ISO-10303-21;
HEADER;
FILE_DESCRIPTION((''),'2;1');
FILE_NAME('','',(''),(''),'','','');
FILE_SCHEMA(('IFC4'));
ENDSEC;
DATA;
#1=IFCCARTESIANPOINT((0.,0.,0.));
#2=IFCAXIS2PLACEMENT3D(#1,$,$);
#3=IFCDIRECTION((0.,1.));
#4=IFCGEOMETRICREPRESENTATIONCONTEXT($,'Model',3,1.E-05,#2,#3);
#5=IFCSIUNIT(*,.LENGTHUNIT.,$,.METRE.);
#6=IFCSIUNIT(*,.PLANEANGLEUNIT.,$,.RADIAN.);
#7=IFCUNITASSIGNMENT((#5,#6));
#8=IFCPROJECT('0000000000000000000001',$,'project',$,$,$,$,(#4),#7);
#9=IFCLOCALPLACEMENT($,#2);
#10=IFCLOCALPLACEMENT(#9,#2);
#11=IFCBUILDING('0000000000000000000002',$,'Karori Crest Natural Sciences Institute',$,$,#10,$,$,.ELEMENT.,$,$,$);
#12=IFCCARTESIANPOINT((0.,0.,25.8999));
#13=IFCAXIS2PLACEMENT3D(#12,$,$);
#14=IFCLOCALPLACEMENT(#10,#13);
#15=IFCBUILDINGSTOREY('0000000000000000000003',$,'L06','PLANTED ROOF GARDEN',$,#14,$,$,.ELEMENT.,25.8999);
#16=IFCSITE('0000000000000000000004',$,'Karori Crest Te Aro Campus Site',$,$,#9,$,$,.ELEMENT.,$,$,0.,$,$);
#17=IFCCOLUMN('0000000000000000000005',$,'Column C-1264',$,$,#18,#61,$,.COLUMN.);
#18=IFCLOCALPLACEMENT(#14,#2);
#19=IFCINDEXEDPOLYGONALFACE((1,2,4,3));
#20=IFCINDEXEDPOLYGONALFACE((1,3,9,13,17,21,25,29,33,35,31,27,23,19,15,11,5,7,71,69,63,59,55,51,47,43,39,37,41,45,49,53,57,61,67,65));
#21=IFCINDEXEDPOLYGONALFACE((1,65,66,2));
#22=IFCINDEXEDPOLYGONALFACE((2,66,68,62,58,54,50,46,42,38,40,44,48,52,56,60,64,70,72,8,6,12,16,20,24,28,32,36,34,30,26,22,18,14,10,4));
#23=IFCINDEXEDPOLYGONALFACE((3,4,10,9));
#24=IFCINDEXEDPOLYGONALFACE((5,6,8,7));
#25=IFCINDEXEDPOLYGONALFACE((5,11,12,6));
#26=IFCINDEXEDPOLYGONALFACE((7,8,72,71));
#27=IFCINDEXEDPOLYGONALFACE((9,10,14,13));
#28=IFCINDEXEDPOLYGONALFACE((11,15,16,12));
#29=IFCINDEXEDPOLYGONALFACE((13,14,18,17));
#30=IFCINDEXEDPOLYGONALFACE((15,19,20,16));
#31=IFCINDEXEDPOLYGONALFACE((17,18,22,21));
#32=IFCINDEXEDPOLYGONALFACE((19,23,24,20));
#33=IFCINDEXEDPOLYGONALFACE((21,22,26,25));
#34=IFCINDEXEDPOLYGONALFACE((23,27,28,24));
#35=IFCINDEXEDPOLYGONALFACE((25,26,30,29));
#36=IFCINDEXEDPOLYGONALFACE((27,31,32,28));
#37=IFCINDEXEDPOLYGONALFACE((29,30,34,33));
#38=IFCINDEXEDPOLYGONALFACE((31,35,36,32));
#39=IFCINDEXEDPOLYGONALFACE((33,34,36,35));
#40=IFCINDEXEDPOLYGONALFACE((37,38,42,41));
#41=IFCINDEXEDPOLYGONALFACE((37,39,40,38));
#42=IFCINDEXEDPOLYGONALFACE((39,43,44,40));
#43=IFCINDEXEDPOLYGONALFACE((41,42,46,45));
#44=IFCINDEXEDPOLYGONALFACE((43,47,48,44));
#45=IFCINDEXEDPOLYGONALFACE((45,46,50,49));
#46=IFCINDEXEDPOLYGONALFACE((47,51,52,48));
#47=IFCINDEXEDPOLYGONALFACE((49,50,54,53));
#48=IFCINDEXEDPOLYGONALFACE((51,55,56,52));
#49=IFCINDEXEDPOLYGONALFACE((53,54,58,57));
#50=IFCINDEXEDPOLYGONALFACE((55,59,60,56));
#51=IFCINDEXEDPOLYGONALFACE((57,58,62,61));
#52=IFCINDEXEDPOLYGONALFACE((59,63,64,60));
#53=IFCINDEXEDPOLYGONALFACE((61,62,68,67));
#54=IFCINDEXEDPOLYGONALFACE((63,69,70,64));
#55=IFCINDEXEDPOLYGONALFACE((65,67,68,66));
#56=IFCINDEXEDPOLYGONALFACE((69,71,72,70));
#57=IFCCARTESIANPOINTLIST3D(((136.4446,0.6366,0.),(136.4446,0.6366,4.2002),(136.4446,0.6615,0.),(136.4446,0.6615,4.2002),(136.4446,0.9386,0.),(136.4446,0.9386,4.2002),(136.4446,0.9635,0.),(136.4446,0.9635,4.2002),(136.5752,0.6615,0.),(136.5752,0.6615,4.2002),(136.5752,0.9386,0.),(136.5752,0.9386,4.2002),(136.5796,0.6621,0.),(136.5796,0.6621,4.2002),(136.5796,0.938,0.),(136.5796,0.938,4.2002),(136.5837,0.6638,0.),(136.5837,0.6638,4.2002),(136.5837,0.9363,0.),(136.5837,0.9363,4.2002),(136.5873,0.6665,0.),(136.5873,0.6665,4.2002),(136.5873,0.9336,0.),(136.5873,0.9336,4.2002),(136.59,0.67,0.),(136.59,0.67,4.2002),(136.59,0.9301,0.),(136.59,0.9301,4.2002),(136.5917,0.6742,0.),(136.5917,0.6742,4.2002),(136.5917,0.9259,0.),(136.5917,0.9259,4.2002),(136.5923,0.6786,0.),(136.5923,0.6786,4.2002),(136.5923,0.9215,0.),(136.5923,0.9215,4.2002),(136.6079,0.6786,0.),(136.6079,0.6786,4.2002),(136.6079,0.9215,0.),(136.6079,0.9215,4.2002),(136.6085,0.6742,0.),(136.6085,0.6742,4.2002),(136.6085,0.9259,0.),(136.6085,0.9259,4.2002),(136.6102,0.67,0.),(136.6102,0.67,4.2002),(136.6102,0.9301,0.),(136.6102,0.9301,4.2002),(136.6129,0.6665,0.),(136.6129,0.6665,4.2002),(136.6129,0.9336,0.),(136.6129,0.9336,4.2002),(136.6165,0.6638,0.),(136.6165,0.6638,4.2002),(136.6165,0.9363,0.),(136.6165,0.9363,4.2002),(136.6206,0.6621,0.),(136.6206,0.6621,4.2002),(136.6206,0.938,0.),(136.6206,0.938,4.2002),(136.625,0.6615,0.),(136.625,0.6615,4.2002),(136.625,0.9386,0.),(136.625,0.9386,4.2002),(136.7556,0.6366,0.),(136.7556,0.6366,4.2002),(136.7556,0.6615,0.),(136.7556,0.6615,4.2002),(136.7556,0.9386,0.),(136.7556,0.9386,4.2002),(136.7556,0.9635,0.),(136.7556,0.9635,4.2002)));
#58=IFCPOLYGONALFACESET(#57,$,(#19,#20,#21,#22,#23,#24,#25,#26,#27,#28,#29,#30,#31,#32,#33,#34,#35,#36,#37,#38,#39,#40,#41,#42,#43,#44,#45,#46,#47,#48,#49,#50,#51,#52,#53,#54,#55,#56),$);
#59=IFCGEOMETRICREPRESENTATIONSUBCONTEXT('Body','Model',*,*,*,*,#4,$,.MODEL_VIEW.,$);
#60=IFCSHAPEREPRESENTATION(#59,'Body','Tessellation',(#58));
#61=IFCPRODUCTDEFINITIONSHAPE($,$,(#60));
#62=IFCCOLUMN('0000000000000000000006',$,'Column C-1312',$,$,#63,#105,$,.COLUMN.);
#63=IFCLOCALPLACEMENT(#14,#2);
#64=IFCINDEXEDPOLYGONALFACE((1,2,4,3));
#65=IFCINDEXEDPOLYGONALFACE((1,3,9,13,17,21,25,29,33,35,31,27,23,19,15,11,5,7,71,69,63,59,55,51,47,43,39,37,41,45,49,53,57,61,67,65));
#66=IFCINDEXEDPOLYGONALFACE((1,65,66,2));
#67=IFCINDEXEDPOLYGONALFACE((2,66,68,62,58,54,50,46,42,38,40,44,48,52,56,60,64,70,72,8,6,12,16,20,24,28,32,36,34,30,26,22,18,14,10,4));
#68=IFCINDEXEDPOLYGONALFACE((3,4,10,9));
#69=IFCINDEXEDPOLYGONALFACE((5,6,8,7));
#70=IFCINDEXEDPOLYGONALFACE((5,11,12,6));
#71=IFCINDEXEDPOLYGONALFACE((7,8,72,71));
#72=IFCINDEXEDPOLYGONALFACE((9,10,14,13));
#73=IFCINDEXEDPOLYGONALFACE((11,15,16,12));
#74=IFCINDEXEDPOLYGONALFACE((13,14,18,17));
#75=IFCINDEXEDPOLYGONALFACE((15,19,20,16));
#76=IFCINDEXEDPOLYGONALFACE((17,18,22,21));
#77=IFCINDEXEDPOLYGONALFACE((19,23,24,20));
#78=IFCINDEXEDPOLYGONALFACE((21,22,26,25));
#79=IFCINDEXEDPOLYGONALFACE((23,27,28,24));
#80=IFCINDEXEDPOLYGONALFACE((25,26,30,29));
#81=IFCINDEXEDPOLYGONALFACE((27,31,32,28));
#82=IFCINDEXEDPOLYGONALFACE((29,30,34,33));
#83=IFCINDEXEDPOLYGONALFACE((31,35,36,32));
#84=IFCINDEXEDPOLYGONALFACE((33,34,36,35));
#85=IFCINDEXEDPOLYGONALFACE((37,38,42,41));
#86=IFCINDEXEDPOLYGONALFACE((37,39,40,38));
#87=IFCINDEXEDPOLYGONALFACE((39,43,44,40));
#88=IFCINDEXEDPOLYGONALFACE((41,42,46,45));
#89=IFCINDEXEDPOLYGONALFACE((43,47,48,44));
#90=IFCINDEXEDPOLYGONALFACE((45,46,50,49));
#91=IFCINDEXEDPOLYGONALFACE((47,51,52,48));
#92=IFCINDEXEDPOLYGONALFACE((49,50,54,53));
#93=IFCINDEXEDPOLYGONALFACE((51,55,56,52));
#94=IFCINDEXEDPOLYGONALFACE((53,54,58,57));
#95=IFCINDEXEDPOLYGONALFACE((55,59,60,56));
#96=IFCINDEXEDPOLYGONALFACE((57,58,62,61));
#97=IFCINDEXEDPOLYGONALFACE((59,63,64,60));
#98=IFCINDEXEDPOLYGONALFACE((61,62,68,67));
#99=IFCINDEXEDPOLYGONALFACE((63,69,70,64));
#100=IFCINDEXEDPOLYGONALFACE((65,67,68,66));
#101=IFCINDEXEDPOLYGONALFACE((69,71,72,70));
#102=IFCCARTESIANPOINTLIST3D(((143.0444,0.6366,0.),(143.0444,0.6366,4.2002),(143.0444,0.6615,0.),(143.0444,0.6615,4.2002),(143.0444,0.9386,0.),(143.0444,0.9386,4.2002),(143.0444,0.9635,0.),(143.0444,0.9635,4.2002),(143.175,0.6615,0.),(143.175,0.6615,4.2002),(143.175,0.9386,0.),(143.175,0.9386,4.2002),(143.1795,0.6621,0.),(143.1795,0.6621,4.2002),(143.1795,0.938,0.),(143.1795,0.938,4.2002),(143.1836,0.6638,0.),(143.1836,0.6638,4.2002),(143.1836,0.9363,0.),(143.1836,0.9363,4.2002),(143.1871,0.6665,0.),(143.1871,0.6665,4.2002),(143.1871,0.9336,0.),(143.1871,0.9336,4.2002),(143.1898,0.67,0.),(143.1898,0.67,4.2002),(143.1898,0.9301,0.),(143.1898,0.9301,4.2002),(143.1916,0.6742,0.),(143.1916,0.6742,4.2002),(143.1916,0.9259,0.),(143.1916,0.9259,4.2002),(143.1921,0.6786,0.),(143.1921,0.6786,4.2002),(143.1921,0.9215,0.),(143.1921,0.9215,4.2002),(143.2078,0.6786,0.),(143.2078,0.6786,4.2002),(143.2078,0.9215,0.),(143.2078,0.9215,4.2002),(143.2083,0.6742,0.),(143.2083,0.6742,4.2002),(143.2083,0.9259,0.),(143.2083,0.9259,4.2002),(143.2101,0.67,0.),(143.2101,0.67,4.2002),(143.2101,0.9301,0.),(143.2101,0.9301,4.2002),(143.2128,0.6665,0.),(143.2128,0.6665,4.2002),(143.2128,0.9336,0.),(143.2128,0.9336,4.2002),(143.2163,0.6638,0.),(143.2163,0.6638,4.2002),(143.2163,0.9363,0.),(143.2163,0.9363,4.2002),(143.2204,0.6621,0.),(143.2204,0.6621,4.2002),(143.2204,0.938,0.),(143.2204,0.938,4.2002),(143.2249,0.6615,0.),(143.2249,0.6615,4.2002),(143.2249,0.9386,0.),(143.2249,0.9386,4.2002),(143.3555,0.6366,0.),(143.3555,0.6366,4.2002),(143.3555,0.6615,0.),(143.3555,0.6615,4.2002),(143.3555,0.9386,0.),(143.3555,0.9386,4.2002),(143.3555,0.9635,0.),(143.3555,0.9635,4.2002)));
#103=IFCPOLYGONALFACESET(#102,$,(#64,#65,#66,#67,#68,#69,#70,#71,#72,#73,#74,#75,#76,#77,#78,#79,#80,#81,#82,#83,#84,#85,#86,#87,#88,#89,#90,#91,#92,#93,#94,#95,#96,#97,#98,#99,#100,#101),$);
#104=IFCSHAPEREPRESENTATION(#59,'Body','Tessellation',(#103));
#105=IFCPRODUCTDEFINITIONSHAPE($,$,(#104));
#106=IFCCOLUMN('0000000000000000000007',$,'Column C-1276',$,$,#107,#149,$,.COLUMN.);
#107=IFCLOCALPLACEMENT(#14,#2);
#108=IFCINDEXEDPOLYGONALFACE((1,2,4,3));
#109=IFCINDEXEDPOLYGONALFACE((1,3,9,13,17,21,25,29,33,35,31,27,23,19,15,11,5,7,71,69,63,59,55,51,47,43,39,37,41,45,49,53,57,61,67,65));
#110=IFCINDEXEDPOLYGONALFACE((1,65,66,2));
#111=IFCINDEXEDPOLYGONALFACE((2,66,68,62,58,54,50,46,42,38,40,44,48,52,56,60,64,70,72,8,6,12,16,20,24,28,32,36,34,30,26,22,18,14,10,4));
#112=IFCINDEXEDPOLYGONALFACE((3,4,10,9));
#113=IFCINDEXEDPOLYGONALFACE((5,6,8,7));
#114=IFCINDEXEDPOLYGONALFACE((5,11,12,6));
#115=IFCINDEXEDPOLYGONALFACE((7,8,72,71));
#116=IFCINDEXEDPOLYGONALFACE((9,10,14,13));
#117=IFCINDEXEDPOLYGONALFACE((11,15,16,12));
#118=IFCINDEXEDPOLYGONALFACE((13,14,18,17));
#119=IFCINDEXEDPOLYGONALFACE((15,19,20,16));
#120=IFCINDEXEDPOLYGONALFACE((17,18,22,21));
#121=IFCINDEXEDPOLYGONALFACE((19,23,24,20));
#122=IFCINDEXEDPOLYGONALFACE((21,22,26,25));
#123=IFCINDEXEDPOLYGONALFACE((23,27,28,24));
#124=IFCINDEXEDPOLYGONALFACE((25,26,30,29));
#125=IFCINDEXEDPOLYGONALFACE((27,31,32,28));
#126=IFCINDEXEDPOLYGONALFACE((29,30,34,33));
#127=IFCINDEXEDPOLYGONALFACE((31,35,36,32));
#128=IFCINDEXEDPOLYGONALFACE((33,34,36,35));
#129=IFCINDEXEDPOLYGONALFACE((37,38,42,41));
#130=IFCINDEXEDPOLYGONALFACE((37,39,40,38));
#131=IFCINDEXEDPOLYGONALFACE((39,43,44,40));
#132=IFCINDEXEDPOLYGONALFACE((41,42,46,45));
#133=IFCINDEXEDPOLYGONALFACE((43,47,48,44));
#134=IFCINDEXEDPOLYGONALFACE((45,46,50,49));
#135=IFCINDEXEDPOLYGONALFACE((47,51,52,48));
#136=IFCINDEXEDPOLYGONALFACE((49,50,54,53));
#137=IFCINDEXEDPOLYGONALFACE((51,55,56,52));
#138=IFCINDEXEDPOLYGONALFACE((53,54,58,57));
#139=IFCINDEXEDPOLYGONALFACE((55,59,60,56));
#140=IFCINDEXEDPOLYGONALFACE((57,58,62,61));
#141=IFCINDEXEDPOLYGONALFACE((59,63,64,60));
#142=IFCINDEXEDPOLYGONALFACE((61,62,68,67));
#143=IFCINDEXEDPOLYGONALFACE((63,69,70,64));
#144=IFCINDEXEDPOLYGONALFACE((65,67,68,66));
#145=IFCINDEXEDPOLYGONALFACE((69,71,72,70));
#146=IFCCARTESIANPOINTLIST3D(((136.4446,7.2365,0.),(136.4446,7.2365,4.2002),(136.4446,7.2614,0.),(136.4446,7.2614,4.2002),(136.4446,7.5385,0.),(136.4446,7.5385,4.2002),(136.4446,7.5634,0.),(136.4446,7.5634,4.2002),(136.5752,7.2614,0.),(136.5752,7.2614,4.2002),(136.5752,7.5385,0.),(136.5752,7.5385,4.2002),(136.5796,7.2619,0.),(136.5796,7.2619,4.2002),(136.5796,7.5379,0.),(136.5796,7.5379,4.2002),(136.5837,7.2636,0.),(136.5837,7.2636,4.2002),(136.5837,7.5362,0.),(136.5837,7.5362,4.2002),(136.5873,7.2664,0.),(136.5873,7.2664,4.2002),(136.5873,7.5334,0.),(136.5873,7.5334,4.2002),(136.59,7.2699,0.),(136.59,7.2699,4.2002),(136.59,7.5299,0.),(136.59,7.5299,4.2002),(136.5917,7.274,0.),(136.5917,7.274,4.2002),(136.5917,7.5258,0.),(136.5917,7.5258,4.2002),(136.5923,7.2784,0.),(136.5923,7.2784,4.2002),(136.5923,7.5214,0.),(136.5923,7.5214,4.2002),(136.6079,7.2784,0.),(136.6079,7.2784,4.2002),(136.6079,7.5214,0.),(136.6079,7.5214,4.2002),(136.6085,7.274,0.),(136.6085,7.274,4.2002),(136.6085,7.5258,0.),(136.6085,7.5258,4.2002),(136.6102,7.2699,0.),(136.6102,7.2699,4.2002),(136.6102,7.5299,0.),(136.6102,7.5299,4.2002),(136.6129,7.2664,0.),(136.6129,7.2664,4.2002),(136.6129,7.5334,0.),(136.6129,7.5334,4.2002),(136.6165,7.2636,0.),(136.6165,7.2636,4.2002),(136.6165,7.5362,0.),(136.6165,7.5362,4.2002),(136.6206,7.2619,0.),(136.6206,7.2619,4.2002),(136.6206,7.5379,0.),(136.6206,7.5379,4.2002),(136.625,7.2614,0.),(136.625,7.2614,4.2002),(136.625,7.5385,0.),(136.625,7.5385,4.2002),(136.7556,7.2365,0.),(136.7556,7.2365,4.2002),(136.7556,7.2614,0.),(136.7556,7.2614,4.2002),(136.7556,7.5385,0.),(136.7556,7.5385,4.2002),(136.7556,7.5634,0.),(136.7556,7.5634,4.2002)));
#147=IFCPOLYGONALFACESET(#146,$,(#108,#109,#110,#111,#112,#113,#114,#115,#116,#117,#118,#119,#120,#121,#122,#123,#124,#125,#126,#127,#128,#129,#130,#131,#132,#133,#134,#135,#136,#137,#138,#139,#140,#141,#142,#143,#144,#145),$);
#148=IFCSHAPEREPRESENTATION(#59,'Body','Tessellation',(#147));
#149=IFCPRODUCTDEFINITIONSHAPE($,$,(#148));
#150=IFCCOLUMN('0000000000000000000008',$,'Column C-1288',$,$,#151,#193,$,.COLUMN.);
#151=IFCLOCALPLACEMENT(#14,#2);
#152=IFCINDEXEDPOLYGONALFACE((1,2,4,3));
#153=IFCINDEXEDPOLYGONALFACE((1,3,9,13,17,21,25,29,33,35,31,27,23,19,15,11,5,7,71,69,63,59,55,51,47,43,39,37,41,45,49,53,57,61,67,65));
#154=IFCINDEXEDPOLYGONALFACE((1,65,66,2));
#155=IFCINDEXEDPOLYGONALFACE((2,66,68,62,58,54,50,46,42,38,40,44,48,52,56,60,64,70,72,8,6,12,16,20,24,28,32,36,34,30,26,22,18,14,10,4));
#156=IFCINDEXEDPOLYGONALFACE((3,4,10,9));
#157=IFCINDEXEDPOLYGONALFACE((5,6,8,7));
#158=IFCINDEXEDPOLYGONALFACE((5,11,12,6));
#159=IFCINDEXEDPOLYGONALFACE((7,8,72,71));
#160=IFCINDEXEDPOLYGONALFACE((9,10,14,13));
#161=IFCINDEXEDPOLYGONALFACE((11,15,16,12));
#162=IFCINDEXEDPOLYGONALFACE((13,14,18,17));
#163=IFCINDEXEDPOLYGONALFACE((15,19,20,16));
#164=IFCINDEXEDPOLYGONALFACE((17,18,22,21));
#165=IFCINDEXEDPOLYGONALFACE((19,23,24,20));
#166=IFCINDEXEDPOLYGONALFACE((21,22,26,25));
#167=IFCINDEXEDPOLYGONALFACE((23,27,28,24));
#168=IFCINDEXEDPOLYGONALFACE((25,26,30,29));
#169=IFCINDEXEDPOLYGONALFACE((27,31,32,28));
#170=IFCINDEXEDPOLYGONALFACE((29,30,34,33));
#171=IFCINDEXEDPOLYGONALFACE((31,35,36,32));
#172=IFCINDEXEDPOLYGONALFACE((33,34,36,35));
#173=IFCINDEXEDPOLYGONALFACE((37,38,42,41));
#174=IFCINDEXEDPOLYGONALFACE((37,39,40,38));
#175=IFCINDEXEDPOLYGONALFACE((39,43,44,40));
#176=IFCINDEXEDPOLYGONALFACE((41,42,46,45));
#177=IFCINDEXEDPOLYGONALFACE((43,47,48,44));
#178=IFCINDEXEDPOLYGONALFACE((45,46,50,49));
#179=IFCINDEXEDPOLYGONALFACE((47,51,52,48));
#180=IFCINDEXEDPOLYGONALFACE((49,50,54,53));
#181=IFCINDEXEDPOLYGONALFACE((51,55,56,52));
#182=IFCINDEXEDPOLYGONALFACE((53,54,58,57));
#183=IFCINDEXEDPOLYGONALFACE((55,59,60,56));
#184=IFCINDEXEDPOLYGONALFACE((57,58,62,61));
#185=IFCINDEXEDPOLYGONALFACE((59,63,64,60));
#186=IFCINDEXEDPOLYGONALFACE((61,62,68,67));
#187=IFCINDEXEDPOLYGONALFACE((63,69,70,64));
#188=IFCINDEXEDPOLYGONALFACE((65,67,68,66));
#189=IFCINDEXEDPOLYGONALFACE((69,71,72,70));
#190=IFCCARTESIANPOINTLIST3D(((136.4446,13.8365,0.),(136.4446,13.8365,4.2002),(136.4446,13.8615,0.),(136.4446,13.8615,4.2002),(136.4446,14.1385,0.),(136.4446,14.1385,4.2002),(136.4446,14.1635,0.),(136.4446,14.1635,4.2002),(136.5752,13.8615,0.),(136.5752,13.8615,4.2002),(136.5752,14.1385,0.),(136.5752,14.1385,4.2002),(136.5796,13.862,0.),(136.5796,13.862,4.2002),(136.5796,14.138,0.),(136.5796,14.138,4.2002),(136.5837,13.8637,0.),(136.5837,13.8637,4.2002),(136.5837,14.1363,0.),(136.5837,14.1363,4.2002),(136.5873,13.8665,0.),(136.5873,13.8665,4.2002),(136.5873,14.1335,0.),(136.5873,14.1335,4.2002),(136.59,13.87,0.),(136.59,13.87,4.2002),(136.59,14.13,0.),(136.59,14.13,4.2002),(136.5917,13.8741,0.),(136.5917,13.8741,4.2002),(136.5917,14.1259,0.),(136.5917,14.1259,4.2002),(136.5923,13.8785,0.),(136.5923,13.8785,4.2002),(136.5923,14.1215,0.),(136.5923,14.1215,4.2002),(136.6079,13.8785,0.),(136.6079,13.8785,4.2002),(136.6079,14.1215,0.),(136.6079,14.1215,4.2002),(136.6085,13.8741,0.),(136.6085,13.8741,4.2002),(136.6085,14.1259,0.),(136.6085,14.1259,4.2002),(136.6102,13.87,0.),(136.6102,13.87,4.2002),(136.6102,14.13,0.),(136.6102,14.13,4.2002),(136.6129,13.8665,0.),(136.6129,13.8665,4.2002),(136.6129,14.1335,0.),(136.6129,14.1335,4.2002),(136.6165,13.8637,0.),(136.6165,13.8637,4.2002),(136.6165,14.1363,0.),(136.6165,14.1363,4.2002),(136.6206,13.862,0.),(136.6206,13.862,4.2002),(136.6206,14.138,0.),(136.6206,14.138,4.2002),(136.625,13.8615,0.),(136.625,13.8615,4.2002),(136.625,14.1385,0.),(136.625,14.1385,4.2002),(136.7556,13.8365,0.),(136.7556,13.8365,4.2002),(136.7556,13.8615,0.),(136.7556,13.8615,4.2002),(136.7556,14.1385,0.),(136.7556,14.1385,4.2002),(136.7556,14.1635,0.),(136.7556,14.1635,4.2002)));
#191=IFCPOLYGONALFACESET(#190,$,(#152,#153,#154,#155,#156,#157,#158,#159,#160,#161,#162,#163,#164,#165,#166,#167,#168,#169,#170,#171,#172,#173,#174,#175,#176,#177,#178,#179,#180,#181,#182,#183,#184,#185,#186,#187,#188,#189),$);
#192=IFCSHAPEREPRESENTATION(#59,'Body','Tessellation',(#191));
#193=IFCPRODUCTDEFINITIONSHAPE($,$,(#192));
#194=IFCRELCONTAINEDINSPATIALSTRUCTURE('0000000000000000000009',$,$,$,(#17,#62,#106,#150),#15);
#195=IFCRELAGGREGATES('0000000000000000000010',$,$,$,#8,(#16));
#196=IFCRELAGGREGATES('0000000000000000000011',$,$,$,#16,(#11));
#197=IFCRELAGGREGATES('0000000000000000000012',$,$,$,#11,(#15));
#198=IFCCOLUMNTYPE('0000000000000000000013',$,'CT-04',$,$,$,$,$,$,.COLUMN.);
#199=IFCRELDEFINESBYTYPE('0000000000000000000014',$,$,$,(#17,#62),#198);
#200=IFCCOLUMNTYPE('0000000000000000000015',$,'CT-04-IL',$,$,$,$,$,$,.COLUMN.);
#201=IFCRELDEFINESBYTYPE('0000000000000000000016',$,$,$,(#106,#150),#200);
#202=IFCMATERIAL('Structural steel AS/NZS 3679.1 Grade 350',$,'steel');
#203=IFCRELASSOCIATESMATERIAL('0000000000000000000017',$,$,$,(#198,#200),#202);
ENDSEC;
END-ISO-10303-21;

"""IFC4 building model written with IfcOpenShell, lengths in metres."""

from ifc_helpers import new_model, si_unit, direction, frame, origin, origin_2d, place, context, subcontext, project, spatial, i_section, extrude, material, material_profile, profile_set, type_object, element, save


model = new_model("IFC4")

# Units and contexts
model_context = context("Model", 3, precision=1e-05, world=origin(), true_north=direction((0.0, 1.0)))
body_context = subcontext(model_context, "Body", "Model", "MODEL_VIEW")
ifc_project = project(units=[si_unit("LENGTHUNIT", "METRE"), si_unit("PLANEANGLEUNIT", "RADIAN")], contexts=[model_context])

# Site, building, storey
site_placement = place(None, origin())
site = spatial("IfcSite", under=ifc_project, at=site_placement, Name="Karori Crest Te Aro Campus Site", CompositionType="ELEMENT", RefElevation=0.0)
building_placement = place(site_placement, origin())
building = spatial("IfcBuilding", under=site, at=building_placement, Name="Karori Crest Natural Sciences Institute", CompositionType="ELEMENT")
storey_placement = place(building_placement, frame((0.0, 0.0, 25.8999)))
storey = spatial("IfcBuildingStorey", under=building, at=storey_placement, Name="L06", Description="PLANTED ROOF GARDEN", CompositionType="ELEMENT", Elevation=25.8999)

# Columns
ifc_material_1 = material(Name="Structural steel AS/NZS 3679.1 Grade 350", Category="steel")
ifc_material_profile_1 = material_profile(ifc_material_1, i_section(OverallWidth=0.311, OverallDepth=0.3269, WebThickness=0.0156, FlangeThickness=0.0249, FilletRadius=0.0171, at=origin_2d()), Name="310UC158")
ifc_profile_set_1 = profile_set([ifc_material_profile_1], Name="Structural steel AS/NZS 3679.1 Grade 350")
column_type_1 = type_object("IfcColumnType", Name="CT-04", PredefinedType="COLUMN", material=ifc_profile_set_1)
for number, where, z_axis, x_axis, name in (
    (1, (136.6001, 0.8, 0.0), (0.0, 0.0, 1.0), (1.0, 0.0, 0.0), "Column C-1264"),
    (2, (143.2, 0.8, 0.0), (0.0, 0.0, 1.0), (1.0, 0.0, 0.0), "Column C-1312"),
):
    element("IfcColumn", number, at=place(storey_placement, frame(where, z_axis=z_axis, x_axis=x_axis)), inside=storey, type_object=column_type_1, Name=name, PredefinedType="COLUMN", context=body_context, shape_type="SweptSolid", body=[
        extrude(i_section(OverallWidth=0.311, OverallDepth=0.3269, WebThickness=0.0156, FlangeThickness=0.0249, FilletRadius=0.0171, at=origin_2d()), origin(), (0.0, 0.0, 1.0), 4.2002),
    ])
ifc_material_profile_2 = material_profile(ifc_material_1, i_section(OverallWidth=0.311, OverallDepth=0.3269, WebThickness=0.0156, FlangeThickness=0.0249, FilletRadius=0.0171, at=origin_2d()), Name="310UC158")
ifc_profile_set_2 = profile_set([ifc_material_profile_2], Name="Structural steel AS/NZS 3679.1 Grade 350")
column_type_2 = type_object("IfcColumnType", Name="CT-04-IL", PredefinedType="COLUMN", material=ifc_profile_set_2)
for number, where, z_axis, x_axis, name in (
    (3, (136.6001, 7.3999, 0.0), (0.0, 0.0, 1.0), (1.0, 0.0, 0.0), "Column C-1276"),
    (4, (136.6001, 14.0, 0.0), (0.0, 0.0, 1.0), (1.0, 0.0, 0.0), "Column C-1288"),
):
    element("IfcColumn", number, at=place(storey_placement, frame(where, z_axis=z_axis, x_axis=x_axis)), inside=storey, type_object=column_type_2, Name=name, PredefinedType="COLUMN", context=body_context, shape_type="SweptSolid", body=[
        extrude(i_section(OverallWidth=0.311, OverallDepth=0.3269, WebThickness=0.0156, FlangeThickness=0.0249, FilletRadius=0.0171, at=origin_2d()), origin(), (0.0, 0.0, 1.0), 4.2002),
    ])

save(model, "model.ifc")
